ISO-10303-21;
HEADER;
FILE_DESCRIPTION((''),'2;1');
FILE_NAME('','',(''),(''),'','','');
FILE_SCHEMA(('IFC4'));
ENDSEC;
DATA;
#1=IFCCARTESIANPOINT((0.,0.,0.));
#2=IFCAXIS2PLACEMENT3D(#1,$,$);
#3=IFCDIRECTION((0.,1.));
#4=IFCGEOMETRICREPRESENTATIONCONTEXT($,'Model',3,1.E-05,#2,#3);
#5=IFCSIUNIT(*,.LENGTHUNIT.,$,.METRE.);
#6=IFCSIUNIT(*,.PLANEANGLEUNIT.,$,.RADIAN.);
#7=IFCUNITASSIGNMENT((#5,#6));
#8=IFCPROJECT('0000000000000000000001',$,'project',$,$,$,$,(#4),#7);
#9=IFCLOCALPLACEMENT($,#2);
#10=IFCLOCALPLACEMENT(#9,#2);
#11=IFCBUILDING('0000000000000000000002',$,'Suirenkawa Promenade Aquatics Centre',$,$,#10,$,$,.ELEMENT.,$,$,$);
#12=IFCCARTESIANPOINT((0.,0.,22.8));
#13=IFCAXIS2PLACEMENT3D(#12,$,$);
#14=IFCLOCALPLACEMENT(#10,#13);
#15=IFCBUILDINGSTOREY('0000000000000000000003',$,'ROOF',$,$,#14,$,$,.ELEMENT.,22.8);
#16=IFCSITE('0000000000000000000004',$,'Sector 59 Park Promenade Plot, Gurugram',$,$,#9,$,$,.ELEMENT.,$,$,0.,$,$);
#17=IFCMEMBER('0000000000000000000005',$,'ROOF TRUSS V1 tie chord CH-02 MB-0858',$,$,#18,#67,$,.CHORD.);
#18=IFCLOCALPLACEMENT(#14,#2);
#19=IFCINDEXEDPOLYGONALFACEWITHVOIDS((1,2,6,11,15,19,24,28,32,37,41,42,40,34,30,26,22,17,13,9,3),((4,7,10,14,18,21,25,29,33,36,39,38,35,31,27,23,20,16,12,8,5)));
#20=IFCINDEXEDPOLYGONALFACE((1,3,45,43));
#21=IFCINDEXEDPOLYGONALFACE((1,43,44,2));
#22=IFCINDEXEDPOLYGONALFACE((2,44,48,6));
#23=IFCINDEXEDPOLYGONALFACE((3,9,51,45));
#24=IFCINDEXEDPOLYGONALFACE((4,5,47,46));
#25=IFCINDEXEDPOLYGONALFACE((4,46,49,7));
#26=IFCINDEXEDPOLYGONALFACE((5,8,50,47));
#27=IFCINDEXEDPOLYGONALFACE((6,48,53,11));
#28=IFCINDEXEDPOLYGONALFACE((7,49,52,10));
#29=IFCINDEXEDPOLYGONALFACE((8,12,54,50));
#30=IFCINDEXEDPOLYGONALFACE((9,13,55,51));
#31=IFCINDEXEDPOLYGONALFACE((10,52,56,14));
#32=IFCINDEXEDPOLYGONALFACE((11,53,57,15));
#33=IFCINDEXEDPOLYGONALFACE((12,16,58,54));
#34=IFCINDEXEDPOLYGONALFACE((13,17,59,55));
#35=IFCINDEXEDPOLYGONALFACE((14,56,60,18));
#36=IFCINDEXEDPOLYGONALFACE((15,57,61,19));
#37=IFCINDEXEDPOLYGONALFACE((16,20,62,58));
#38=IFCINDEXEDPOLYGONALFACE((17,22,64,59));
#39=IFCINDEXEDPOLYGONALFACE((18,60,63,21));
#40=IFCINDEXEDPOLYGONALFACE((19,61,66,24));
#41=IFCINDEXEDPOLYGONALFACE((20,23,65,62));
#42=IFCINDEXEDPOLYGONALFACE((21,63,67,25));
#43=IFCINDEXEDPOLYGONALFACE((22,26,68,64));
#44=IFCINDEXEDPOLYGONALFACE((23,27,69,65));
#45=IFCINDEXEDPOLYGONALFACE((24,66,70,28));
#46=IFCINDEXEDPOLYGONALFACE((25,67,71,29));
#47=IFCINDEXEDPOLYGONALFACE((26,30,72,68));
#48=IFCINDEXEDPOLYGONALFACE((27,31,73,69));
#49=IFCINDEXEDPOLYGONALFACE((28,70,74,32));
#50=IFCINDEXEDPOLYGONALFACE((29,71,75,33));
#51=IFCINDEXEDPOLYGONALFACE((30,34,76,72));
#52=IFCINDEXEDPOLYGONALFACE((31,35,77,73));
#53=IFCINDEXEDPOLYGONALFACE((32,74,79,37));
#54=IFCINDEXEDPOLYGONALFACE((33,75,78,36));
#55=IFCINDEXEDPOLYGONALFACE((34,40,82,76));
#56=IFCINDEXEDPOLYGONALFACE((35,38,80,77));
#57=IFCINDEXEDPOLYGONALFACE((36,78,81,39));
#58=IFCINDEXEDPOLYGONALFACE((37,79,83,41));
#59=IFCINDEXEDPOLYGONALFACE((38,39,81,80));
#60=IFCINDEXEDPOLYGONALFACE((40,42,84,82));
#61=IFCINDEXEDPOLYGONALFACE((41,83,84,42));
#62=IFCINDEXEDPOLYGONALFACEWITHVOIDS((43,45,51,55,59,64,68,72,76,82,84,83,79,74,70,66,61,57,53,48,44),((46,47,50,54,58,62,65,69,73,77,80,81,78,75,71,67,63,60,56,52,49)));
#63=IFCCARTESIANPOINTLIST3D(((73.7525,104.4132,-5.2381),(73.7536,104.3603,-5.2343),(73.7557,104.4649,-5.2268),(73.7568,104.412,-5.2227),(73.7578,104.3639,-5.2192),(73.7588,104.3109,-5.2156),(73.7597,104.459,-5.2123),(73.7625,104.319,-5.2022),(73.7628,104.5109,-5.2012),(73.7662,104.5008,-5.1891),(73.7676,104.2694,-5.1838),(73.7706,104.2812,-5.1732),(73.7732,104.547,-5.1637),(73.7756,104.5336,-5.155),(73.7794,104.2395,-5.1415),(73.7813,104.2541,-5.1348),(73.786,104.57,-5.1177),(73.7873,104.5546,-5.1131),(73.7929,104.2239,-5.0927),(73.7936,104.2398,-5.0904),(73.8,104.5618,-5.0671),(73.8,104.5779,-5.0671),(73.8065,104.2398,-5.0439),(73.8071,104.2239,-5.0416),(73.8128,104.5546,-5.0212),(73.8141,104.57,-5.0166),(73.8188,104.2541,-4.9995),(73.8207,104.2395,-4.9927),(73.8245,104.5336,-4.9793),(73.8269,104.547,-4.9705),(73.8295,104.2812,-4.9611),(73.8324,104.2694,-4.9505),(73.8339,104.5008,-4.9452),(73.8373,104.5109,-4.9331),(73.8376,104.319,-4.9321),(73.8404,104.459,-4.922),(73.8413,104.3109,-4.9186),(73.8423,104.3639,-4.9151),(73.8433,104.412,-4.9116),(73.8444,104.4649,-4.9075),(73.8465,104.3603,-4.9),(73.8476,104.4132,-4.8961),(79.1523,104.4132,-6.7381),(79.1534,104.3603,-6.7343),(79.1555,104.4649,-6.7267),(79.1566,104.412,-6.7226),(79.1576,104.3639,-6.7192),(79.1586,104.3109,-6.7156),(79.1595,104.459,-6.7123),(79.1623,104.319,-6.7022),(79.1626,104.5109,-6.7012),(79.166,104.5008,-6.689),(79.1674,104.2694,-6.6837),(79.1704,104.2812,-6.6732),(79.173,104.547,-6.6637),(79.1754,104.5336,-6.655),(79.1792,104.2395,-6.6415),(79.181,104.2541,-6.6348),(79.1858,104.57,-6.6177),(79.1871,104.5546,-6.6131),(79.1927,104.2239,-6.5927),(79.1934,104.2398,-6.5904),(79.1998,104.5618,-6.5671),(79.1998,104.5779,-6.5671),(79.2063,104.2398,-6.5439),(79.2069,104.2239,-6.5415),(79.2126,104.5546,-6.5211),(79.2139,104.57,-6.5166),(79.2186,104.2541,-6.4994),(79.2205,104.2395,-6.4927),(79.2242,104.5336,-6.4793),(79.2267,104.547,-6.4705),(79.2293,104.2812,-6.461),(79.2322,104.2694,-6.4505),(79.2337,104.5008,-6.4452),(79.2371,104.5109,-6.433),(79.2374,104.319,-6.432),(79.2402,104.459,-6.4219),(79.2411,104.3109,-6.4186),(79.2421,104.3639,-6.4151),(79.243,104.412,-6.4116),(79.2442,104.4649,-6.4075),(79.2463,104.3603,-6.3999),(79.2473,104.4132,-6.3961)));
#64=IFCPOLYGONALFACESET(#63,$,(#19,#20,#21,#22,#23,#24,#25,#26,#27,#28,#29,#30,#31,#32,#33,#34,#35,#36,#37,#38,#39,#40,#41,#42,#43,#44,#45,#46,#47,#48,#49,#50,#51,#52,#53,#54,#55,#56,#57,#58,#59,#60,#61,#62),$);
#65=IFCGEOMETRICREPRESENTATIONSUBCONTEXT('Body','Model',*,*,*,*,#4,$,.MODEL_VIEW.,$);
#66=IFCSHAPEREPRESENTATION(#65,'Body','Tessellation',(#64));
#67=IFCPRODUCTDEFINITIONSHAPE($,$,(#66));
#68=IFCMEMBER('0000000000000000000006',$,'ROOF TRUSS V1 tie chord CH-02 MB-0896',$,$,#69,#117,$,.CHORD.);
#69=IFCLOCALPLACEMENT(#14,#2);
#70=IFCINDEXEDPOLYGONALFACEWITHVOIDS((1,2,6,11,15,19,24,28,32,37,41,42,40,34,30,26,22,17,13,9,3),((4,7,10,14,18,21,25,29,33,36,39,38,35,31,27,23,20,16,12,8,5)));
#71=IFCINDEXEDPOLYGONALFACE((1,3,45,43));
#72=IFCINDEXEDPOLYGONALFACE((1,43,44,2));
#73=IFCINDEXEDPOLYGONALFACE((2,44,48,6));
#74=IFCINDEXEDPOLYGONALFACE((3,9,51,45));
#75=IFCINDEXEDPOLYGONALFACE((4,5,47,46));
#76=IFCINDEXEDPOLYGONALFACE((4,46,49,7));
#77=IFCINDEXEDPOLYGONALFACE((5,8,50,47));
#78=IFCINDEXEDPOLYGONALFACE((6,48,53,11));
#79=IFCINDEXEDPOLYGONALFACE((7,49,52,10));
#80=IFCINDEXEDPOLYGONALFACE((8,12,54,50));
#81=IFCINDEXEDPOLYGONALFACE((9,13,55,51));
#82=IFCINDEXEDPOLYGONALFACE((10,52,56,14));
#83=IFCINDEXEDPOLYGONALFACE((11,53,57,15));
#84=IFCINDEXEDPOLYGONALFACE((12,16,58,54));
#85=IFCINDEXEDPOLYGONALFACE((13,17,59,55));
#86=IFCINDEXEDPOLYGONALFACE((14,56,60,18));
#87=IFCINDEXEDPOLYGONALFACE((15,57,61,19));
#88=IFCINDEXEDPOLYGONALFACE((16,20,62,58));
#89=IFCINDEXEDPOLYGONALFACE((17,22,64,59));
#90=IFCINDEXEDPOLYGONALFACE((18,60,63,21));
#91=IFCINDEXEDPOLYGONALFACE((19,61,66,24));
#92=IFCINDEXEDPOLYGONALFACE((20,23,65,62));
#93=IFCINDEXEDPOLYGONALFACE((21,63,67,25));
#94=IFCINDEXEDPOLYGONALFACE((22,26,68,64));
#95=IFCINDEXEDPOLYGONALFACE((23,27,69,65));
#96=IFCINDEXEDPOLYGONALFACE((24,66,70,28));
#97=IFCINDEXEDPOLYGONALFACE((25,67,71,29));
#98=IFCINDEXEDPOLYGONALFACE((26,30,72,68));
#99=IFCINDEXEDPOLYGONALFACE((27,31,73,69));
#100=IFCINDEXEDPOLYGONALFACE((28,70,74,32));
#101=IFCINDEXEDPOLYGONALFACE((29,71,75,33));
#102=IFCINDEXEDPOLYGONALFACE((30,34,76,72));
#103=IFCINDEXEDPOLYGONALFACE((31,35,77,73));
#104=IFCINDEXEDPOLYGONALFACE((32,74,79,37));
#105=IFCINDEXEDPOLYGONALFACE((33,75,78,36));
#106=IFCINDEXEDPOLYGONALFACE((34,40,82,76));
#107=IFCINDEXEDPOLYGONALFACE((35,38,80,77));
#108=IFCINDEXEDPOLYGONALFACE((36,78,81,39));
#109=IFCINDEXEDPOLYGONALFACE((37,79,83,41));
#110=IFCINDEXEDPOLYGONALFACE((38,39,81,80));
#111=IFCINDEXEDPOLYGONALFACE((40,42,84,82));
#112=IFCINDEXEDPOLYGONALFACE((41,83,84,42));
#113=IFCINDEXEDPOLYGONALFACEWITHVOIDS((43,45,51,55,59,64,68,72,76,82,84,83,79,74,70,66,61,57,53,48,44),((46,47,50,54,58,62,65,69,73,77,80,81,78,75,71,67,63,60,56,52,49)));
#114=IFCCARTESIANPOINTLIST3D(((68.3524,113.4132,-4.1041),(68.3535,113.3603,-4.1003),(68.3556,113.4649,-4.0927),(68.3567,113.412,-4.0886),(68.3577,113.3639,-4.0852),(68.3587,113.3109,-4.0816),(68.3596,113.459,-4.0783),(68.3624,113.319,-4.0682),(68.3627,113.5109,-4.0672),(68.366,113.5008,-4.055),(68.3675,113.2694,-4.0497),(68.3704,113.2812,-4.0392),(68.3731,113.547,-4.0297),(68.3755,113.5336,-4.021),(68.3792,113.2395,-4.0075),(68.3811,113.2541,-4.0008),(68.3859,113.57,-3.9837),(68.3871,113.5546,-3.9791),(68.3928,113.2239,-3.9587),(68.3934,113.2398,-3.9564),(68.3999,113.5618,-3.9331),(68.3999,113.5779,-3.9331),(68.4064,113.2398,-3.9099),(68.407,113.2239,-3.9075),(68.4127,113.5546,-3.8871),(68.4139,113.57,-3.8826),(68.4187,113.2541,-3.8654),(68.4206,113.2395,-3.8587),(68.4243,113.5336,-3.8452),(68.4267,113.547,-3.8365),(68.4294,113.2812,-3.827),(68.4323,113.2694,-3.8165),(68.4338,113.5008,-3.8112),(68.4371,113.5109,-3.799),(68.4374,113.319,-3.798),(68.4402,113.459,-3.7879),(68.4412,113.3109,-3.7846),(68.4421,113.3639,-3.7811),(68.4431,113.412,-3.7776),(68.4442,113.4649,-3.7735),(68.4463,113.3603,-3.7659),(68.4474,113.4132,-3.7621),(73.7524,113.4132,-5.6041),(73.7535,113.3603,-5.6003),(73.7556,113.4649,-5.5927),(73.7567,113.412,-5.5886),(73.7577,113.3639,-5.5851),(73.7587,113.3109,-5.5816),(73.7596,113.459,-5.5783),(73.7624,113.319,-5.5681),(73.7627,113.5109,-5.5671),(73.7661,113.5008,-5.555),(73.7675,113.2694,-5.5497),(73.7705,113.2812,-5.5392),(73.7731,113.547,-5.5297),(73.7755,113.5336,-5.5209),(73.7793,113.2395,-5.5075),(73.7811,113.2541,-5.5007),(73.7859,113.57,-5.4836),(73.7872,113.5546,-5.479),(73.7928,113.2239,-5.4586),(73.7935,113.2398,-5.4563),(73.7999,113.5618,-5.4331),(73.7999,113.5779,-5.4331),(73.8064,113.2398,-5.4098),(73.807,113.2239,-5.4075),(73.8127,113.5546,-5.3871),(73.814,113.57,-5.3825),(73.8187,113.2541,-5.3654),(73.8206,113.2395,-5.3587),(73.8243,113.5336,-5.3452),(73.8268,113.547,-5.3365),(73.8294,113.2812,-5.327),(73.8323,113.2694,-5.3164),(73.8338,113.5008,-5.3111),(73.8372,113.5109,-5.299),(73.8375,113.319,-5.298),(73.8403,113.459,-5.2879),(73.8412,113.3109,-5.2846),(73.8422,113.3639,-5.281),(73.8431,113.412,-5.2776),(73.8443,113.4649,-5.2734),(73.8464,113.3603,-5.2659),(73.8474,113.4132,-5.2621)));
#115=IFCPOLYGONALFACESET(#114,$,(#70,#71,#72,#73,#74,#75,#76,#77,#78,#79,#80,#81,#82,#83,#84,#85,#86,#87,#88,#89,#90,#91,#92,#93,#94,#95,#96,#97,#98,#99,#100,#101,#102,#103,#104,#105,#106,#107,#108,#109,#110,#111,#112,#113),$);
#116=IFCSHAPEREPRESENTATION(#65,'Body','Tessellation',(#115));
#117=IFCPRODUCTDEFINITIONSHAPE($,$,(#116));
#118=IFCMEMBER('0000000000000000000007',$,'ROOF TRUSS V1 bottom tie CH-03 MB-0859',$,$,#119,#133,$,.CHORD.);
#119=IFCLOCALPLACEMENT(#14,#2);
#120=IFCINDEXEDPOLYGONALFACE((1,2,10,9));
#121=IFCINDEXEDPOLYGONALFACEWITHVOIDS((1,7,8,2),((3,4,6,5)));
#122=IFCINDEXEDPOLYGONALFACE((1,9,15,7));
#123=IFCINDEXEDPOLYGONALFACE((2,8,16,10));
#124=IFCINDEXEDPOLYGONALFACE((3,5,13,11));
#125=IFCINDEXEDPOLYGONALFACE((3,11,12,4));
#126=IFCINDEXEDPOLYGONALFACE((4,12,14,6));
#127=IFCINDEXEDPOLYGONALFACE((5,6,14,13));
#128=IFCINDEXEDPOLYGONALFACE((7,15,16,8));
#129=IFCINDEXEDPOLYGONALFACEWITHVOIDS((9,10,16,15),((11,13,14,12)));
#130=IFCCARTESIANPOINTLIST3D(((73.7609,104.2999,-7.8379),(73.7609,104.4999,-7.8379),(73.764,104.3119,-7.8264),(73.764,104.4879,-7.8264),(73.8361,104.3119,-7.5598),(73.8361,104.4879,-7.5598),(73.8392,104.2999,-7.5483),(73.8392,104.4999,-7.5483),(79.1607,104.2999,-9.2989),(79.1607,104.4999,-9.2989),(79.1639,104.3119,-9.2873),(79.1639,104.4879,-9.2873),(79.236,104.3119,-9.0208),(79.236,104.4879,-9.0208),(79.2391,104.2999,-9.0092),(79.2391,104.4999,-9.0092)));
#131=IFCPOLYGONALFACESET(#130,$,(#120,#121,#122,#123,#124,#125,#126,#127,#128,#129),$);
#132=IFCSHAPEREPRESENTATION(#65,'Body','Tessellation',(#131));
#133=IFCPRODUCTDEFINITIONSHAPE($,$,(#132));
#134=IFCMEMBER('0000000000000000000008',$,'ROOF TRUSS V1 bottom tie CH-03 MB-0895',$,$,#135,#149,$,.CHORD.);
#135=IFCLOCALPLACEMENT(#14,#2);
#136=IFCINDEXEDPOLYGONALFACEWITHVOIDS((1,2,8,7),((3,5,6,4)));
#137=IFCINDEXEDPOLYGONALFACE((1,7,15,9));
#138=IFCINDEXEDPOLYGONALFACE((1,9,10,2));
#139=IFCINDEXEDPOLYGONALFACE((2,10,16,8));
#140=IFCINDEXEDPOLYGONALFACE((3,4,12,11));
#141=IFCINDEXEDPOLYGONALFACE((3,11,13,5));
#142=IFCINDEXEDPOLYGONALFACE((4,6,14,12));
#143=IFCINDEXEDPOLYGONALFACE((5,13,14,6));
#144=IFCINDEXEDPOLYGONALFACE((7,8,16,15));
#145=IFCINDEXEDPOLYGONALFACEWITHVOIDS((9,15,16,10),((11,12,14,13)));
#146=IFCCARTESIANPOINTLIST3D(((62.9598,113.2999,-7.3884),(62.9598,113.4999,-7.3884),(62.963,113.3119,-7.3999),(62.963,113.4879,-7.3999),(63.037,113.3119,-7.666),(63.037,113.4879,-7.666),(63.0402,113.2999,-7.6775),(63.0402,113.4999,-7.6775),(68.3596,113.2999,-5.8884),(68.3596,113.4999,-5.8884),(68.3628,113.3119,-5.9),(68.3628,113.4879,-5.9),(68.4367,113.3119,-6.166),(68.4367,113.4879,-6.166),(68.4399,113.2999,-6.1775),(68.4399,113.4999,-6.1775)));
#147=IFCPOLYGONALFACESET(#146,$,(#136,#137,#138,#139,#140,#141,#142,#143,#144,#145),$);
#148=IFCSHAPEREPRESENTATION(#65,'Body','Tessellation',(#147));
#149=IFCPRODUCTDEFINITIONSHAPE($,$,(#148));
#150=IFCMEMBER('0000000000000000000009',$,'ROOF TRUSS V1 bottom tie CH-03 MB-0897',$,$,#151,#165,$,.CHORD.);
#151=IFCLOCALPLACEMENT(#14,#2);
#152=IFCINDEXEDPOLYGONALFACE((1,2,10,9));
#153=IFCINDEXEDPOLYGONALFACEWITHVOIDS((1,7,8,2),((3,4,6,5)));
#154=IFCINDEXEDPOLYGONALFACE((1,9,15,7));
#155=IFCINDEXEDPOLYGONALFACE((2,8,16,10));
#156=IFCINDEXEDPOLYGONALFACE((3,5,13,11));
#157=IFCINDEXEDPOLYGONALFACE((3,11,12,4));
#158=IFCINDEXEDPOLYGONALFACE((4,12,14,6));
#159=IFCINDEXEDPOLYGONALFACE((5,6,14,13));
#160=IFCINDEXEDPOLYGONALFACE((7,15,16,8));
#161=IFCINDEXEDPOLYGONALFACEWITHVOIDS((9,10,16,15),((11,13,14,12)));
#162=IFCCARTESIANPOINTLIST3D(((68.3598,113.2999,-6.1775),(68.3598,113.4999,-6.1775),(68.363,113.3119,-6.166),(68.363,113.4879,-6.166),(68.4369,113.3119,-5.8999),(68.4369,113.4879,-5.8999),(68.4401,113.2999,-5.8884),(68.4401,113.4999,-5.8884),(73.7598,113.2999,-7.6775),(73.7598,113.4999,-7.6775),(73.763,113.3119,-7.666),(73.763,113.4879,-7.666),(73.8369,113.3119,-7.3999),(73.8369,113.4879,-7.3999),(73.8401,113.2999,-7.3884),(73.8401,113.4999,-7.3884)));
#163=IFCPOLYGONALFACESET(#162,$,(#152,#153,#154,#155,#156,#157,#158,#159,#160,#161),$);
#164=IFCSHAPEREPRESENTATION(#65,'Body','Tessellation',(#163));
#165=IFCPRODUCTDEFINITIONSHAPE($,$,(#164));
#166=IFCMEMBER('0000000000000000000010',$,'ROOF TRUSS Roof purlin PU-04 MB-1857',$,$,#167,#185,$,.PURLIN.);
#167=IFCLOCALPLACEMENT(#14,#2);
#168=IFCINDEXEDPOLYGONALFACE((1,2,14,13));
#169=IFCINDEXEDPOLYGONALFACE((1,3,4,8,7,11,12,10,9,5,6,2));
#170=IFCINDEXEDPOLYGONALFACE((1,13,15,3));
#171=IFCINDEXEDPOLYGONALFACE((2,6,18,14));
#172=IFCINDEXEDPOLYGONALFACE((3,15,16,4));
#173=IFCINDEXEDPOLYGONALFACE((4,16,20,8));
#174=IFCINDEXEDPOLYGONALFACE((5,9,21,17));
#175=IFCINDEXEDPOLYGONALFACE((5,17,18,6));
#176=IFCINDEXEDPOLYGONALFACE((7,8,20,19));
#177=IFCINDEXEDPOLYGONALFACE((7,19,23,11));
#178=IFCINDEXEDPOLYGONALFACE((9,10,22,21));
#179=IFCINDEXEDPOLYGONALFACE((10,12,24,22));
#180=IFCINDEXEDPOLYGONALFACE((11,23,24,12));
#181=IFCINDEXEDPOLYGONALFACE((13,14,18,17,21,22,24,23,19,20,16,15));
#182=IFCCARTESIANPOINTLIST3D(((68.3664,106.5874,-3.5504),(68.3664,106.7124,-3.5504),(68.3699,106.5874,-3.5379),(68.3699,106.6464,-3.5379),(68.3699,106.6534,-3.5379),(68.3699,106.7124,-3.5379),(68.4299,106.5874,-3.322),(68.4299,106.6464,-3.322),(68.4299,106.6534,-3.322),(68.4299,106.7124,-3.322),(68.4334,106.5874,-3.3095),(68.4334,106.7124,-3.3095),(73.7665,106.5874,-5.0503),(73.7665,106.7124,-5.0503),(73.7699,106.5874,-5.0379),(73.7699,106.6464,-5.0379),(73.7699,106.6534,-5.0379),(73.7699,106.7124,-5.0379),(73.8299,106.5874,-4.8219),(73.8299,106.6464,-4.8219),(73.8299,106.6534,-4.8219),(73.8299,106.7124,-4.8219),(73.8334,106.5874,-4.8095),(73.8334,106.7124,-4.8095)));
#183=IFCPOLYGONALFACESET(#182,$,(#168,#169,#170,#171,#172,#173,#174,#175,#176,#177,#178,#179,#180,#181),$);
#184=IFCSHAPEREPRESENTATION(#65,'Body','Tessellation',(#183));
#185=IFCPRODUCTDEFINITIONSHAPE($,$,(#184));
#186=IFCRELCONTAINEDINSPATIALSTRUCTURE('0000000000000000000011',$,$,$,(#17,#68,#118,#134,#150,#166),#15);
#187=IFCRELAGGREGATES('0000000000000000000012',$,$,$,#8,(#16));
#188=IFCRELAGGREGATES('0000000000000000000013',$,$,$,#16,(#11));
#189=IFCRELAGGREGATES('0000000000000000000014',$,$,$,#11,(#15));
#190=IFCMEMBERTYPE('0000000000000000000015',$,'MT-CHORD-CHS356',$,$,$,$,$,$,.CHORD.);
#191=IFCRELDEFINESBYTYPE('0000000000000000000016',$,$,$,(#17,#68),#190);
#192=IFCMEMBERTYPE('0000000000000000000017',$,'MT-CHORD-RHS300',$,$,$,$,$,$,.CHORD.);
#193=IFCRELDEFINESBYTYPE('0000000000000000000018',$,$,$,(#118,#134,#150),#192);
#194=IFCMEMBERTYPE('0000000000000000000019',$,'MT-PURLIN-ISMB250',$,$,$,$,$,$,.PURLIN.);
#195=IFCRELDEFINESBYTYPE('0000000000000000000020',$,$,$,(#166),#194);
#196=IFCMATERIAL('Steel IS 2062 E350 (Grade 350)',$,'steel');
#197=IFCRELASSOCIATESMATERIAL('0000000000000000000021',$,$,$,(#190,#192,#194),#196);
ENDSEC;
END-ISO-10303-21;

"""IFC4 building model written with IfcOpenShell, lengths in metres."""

from ifc_helpers import new_model, si_unit, direction, frame, origin, origin_2d, place, context, subcontext, project, spatial, hollow_rectangle, hollow_circle, i_section, extrude, material, material_profile, profile_set, type_object, element, save


model = new_model("IFC4")

# Units and contexts
model_context = context("Model", 3, precision=1e-05, world=origin(), true_north=direction((0.0, 1.0)))
body_context = subcontext(model_context, "Body", "Model", "MODEL_VIEW")
ifc_project = project(units=[si_unit("LENGTHUNIT", "METRE"), si_unit("PLANEANGLEUNIT", "RADIAN")], contexts=[model_context])

# Site, building, storey
site_placement = place(None, origin())
site = spatial("IfcSite", under=ifc_project, at=site_placement, Name="Sector 59 Park Promenade Plot, Gurugram", CompositionType="ELEMENT", RefElevation=0.0)
building_placement = place(site_placement, origin())
building = spatial("IfcBuilding", under=site, at=building_placement, Name="Suirenkawa Promenade Aquatics Centre", CompositionType="ELEMENT")
storey_placement = place(building_placement, frame((0.0, 0.0, 22.8)))
storey = spatial("IfcBuildingStorey", under=building, at=storey_placement, Name="ROOF", CompositionType="ELEMENT", Elevation=22.8)

# Shared definitions
ifc_material = material(Name="Steel IS 2062 E350 (Grade 350)", Category="steel")

# Members
ifc_material_profile_1 = material_profile(ifc_material, hollow_circle(Radius=0.178, WallThickness=0.0161, at=origin_2d()), Name="CHS 356x16", Category="steel")
ifc_profile_set_1 = profile_set([ifc_material_profile_1], Name="Steel IS 2062 E350 (Grade 350)")
member_type_1 = type_object("IfcMemberType", Name="MT-CHORD-CHS356", PredefinedType="CHORD", material=ifc_profile_set_1)
member_1_placement = place(storey_placement, frame((73.8, 104.3999, -5.0671), z_axis=(0.963517, 0.0, -0.267648), x_axis=(0.0, 1.0, 0.0)))
element("IfcMember", 1, at=member_1_placement, inside=storey, type_object=member_type_1, Name="ROOF TRUSS V1 tie chord CH-02 MB-0858", PredefinedType="CHORD", context=body_context, shape_type="SweptSolid", body=[
    extrude(hollow_circle(Radius=0.178, WallThickness=0.0161, at=origin_2d()), origin(), (0.0, 0.0, 1.0), 5.6042),
])
member_2_placement = place(storey_placement, frame((68.3999, 113.3999, -3.9331), z_axis=(0.96352, 0.0, -0.267637), x_axis=(0.0, 1.0, 0.0)))
element("IfcMember", 2, at=member_2_placement, inside=storey, type_object=member_type_1, Name="ROOF TRUSS V1 tie chord CH-02 MB-0896", PredefinedType="CHORD", context=body_context, shape_type="SweptSolid", body=[
    extrude(hollow_circle(Radius=0.178, WallThickness=0.0161, at=origin_2d()), origin(), (0.0, 0.0, 1.0), 5.6045),
])
ifc_material_profile_2 = material_profile(ifc_material, hollow_rectangle(XDim=0.2, YDim=0.3, WallThickness=0.012, at=origin_2d()), Name="RHS 300x200x12", Category="steel")
ifc_profile_set_2 = profile_set([ifc_material_profile_2], Name="Steel IS 2062 E350 (Grade 350)")
member_type_2 = type_object("IfcMemberType", Name="MT-CHORD-RHS300", PredefinedType="CHORD", material=ifc_profile_set_2)
member_3_placement = place(storey_placement, frame((73.8, 104.3999, -7.6931), z_axis=(0.965296, 0.0, -0.26116), x_axis=(0.0, 1.0, 0.0)))
element("IfcMember", 3, at=member_3_placement, inside=storey, type_object=member_type_2, Name="ROOF TRUSS V1 bottom tie CH-03 MB-0859", PredefinedType="CHORD", context=body_context, shape_type="SweptSolid", body=[
    extrude(hollow_rectangle(XDim=0.2, YDim=0.3, WallThickness=0.012, at=origin_2d()), origin(), (0.0, 0.0, 1.0), 5.594),
])
member_4_placement = place(storey_placement, frame((63.0, 113.3999, -7.533), z_axis=(0.963517, 0.0, 0.267648), x_axis=(0.0, 1.0, 0.0)))
element("IfcMember", 4, at=member_4_placement, inside=storey, type_object=member_type_2, Name="ROOF TRUSS V1 bottom tie CH-03 MB-0895", PredefinedType="CHORD", context=body_context, shape_type="SweptSolid", body=[
    extrude(hollow_rectangle(XDim=0.2, YDim=0.3, WallThickness=0.012, at=origin_2d()), origin(), (0.0, 0.0, 1.0), 5.6042),
])
member_5_placement = place(storey_placement, frame((68.3999, 113.3999, -6.033), z_axis=(0.96352, 0.0, -0.267637), x_axis=(0.0, 1.0, 0.0)))
element("IfcMember", 5, at=member_5_placement, inside=storey, type_object=member_type_2, Name="ROOF TRUSS V1 bottom tie CH-03 MB-0897", PredefinedType="CHORD", context=body_context, shape_type="SweptSolid", body=[
    extrude(hollow_rectangle(XDim=0.2, YDim=0.3, WallThickness=0.012, at=origin_2d()), origin(), (0.0, 0.0, 1.0), 5.6045),
])
ifc_material_profile_3 = material_profile(ifc_material, i_section(OverallWidth=0.125, OverallDepth=0.25, WebThickness=0.0071, FlangeThickness=0.0129, at=origin_2d()), Name="ISMB 250", Category="steel")
ifc_profile_set_3 = profile_set([ifc_material_profile_3], Name="Steel IS 2062 E350 (Grade 350)")
member_type_3 = type_object("IfcMemberType", Name="MT-PURLIN-ISMB250", PredefinedType="PURLIN", material=ifc_profile_set_3)
member_6_placement = place(storey_placement, frame((68.3999, 106.6499, -3.4299), z_axis=(0.96352, 0.0, -0.267637), x_axis=(0.0, 1.0, 0.0)))
element("IfcMember", 6, at=member_6_placement, inside=storey, type_object=member_type_3, Name="ROOF TRUSS Roof purlin PU-04 MB-1857", PredefinedType="PURLIN", context=body_context, shape_type="SweptSolid", body=[
    extrude(i_section(OverallWidth=0.125, OverallDepth=0.25, WebThickness=0.0071, FlangeThickness=0.0129, at=origin_2d()), origin(), (0.0, 0.0, 1.0), 5.6045),
])

save(model, "model.ifc")
